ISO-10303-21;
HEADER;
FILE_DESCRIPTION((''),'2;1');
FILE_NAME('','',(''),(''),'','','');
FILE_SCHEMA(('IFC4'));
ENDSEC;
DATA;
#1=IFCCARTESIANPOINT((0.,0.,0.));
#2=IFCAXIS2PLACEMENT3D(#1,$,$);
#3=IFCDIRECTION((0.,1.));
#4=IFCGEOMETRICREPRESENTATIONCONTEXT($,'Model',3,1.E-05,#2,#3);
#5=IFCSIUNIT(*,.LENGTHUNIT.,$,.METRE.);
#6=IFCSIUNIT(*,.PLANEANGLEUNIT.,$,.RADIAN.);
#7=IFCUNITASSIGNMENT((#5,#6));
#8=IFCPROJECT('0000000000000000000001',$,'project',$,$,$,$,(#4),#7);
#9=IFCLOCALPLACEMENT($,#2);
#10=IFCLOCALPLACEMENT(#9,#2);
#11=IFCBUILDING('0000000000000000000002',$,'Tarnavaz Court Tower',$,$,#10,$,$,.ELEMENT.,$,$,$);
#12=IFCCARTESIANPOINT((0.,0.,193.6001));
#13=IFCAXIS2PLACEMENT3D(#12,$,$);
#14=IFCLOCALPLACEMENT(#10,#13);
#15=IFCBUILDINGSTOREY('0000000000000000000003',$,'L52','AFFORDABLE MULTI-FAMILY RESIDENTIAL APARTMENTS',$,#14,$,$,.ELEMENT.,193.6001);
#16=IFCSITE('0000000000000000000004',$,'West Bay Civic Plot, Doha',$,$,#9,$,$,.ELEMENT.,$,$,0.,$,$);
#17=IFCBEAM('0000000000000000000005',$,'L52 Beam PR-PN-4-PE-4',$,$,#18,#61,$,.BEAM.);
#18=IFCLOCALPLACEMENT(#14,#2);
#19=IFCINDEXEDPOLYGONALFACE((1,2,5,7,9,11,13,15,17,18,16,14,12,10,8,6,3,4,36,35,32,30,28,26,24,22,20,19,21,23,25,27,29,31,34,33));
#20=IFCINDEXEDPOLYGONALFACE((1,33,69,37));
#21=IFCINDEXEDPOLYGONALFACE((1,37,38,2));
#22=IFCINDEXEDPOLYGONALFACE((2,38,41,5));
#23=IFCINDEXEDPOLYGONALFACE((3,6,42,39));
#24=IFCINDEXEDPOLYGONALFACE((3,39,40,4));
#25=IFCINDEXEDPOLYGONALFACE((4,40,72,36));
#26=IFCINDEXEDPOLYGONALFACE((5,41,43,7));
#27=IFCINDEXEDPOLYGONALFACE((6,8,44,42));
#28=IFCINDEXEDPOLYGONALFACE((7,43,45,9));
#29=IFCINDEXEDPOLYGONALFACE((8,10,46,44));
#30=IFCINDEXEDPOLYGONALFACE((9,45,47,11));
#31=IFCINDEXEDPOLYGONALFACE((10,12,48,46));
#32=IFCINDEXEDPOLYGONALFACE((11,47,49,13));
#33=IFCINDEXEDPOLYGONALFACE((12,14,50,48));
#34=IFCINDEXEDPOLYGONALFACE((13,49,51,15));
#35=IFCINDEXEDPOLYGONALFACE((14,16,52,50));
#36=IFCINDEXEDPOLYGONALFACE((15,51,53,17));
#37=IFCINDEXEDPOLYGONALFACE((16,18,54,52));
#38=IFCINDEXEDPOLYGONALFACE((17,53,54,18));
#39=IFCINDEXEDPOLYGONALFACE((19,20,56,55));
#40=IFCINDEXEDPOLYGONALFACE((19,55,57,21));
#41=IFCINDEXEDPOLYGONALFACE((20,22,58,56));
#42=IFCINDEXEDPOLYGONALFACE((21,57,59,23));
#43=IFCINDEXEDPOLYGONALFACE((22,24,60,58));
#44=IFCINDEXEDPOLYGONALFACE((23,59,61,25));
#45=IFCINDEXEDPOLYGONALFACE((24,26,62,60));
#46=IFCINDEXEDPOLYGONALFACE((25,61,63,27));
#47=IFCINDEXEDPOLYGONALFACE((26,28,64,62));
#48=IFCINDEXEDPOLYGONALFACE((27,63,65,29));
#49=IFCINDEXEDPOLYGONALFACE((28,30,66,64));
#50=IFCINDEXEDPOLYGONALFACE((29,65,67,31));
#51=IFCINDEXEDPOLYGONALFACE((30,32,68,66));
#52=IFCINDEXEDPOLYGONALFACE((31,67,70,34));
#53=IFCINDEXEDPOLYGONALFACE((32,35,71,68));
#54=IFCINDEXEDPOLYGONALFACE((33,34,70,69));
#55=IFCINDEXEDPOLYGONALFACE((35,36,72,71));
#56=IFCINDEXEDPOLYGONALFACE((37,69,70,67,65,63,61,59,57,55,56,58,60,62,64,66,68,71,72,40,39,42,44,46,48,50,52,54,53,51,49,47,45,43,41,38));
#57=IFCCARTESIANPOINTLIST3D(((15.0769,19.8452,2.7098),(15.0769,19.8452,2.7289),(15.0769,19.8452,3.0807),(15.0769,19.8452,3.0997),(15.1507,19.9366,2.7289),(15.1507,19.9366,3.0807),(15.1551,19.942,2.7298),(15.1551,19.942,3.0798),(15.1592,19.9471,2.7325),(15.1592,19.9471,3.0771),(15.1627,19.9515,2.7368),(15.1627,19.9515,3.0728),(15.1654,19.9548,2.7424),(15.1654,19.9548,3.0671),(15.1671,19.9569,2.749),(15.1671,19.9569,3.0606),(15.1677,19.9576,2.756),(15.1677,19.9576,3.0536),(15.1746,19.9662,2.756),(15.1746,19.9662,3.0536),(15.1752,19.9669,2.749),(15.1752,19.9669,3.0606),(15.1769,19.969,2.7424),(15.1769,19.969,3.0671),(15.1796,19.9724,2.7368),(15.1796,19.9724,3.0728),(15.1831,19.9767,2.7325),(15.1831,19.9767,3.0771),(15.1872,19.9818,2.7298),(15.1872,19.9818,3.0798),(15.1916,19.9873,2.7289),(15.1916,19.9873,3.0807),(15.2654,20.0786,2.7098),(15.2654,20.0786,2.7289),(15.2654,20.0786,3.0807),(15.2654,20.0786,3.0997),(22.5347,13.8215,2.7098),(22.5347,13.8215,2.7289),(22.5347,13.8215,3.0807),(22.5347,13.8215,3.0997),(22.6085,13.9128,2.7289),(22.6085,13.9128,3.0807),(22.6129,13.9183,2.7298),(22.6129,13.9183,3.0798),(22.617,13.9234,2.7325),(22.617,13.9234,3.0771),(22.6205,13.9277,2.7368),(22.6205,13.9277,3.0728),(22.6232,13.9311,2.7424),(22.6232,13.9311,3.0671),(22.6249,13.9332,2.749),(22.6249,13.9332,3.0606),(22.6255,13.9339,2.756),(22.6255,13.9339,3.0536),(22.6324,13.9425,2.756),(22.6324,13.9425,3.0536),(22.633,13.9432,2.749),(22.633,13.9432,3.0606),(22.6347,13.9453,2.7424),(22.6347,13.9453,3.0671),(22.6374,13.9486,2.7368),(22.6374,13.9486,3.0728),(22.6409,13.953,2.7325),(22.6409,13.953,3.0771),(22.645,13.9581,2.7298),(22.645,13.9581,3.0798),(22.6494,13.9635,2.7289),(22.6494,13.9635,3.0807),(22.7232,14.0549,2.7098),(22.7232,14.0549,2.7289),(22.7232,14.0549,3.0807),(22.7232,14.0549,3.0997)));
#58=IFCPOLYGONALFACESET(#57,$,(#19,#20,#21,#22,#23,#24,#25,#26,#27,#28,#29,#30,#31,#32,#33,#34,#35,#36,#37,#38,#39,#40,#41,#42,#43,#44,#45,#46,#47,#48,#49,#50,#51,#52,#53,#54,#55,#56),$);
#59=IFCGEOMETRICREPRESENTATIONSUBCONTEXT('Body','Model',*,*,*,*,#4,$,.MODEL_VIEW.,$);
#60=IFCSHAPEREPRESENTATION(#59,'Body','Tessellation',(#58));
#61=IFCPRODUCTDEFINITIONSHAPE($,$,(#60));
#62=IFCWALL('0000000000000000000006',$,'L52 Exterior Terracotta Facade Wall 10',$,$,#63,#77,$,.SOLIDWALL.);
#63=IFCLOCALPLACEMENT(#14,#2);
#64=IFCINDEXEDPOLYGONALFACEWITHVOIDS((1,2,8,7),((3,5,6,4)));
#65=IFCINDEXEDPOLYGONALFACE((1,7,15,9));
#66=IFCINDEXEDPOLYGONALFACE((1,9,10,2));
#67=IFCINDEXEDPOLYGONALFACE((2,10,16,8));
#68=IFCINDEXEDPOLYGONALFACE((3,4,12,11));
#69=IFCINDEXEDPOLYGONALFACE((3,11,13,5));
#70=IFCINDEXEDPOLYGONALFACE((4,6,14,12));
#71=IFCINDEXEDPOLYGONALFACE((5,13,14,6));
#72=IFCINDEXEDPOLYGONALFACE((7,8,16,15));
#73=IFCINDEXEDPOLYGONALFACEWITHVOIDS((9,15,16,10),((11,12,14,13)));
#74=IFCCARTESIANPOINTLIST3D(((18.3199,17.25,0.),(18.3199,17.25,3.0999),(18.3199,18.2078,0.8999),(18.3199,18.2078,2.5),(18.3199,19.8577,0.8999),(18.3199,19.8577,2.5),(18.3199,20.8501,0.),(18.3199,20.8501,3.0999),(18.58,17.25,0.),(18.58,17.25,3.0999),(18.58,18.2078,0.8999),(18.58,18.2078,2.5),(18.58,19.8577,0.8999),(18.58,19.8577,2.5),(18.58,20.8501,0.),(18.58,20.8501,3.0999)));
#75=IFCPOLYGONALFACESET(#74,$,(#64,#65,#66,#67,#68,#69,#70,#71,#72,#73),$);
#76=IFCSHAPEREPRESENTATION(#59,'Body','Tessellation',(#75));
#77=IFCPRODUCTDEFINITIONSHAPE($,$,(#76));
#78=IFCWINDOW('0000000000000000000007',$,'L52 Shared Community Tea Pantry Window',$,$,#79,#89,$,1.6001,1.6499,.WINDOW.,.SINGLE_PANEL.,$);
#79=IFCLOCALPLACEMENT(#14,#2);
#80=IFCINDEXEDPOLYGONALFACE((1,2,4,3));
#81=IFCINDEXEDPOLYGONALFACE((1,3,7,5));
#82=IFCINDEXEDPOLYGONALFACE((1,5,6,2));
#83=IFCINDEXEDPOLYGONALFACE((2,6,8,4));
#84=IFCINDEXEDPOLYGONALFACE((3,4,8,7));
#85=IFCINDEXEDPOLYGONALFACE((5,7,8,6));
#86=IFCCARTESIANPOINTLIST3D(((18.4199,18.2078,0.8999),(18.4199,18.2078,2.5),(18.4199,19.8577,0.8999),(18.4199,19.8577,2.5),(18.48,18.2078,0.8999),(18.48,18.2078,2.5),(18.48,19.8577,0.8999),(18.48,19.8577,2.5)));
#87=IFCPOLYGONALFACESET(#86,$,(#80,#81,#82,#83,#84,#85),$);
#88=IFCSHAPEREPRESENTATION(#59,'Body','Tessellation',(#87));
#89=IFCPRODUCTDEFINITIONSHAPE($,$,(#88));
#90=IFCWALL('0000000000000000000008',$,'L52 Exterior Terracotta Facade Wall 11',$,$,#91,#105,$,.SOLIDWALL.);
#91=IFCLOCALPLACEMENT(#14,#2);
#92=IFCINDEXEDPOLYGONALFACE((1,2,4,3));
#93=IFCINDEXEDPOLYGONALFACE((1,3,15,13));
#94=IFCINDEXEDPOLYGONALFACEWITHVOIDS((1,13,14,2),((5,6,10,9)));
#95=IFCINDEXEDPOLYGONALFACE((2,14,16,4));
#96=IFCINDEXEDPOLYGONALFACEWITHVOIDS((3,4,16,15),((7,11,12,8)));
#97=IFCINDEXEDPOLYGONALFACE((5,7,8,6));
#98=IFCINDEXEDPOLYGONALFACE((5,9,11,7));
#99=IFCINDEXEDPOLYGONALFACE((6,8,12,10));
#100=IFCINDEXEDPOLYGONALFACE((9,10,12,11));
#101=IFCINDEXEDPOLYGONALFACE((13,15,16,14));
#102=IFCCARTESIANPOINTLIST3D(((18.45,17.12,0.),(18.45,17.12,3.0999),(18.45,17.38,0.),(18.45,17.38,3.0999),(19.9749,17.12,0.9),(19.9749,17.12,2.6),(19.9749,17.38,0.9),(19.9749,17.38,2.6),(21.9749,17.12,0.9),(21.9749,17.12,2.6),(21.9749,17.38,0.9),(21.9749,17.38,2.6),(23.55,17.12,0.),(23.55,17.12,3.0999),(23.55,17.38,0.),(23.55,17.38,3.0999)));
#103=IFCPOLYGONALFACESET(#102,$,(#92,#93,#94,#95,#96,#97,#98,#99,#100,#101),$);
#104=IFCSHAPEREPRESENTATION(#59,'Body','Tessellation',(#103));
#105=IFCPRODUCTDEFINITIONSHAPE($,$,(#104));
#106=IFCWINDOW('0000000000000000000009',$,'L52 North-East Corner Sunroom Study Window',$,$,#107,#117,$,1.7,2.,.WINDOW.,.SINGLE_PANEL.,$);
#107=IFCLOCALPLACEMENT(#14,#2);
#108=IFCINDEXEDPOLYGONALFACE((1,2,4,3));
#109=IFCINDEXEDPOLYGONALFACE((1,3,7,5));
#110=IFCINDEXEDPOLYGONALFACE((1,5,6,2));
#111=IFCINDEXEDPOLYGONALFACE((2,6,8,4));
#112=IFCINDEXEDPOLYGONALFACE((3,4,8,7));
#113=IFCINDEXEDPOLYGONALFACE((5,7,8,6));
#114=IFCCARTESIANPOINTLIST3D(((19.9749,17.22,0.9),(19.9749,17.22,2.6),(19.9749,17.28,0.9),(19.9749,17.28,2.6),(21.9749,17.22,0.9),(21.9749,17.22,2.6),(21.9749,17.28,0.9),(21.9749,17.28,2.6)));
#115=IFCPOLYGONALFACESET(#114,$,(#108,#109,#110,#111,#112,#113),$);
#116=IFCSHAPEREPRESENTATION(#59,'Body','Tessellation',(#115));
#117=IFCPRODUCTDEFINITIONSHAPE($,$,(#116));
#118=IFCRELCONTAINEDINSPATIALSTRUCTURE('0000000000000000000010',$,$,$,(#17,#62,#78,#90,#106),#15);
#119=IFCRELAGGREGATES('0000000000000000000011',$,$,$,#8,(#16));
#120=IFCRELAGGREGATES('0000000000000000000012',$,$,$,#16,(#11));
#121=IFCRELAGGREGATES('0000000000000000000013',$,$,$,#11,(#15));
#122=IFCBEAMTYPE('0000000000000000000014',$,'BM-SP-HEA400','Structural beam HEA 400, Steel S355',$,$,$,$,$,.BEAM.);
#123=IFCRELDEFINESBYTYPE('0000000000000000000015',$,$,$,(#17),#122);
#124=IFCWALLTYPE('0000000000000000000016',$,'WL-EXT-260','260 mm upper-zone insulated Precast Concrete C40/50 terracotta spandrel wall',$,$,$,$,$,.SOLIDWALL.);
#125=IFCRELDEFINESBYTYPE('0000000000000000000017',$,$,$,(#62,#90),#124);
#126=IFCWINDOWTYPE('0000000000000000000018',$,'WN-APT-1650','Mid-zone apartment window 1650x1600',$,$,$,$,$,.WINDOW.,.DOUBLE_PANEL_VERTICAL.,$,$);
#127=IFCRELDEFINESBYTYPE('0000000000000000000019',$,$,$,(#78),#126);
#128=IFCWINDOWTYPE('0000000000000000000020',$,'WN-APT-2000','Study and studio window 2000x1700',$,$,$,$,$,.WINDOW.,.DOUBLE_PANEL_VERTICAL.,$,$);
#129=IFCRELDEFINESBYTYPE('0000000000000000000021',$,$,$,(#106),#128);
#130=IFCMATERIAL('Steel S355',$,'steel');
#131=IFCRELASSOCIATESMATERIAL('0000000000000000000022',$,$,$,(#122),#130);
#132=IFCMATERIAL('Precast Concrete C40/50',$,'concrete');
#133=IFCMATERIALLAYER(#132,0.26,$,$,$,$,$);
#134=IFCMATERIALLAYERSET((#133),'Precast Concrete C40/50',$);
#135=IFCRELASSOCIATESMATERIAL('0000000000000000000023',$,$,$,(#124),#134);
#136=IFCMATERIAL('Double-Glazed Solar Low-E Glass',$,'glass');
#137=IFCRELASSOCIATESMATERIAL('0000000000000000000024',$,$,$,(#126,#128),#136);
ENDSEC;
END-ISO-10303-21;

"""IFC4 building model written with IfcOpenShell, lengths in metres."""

from ifc_helpers import new_model, si_unit, direction, frame, frame_2d, origin, origin_2d, place, context, subcontext, project, spatial, rectangle, i_section, extrude, material, layer, layer_set, material_profile, profile_set, type_object, element, fill, save


model = new_model("IFC4")

# Units and contexts
model_context = context("Model", 3, precision=1e-05, world=origin(), true_north=direction((0.0, 1.0)))
body_context = subcontext(model_context, "Body", "Model", "MODEL_VIEW")
ifc_project = project(units=[si_unit("LENGTHUNIT", "METRE"), si_unit("PLANEANGLEUNIT", "RADIAN")], contexts=[model_context])

# Site, building, storey
site_placement = place(None, origin())
site = spatial("IfcSite", under=ifc_project, at=site_placement, Name="West Bay Civic Plot, Doha", CompositionType="ELEMENT", RefElevation=0.0)
building_placement = place(site_placement, origin())
building = spatial("IfcBuilding", under=site, at=building_placement, Name="Tarnavaz Court Tower", CompositionType="ELEMENT")
storey_placement = place(building_placement, frame((0.0, 0.0, 193.6001)))
storey = spatial("IfcBuildingStorey", under=building, at=storey_placement, Name="L52", Description="AFFORDABLE MULTI-FAMILY RESIDENTIAL APARTMENTS", CompositionType="ELEMENT", Elevation=193.6001)

# Beam
ifc_material_1 = material(Name="Steel S355", Category="steel")
ifc_material_profile_1 = material_profile(ifc_material_1, i_section(OverallWidth=0.3, OverallDepth=0.3899, WebThickness=0.011, FlangeThickness=0.019, FilletRadius=0.0271, at=origin_2d()), Name="HEA 400")
ifc_profile_set_1 = profile_set([ifc_material_profile_1], Name="Steel S355")
beam_type_1 = type_object("IfcBeamType", Name="BM-SP-HEA400", Description="Structural beam HEA 400, Steel S355", PredefinedType="BEAM", material=ifc_profile_set_1)
beam_1_placement = place(storey_placement, frame((15.1711, 19.9619, 2.9048), z_axis=(0.777936, -0.628344, 0.0), x_axis=(0.628344, 0.777936, 0.0)))
element("IfcBeam", 1, at=beam_1_placement, inside=storey, type_object=beam_type_1, Name="L52 Beam PR-PN-4-PE-4", PredefinedType="BEAM", context=body_context, shape_type="SweptSolid", body=[
    extrude(i_section(OverallWidth=0.3, OverallDepth=0.3899, WebThickness=0.011, FlangeThickness=0.019, FilletRadius=0.0271, at=origin_2d()), origin(), (0.0, 0.0, 1.0), 9.5867),
])

# Walls, openings, windows
ifc_material_2 = material(Name="Precast Concrete C40/50", Category="concrete")
ifc_layer_1 = layer(ifc_material_2, 0.26)
ifc_layer_set_1 = layer_set([ifc_layer_1], Name="Precast Concrete C40/50")
wall_type_1 = type_object("IfcWallType", Name="WL-EXT-260", Description="260 mm upper-zone insulated Precast Concrete C40/50 terracotta spandrel wall", PredefinedType="SOLIDWALL", material=ifc_layer_set_1)
wall_1_placement = place(storey_placement, frame((18.45, 20.8501, 0.0), z_axis=(0.0, 0.0, 1.0), x_axis=(0.0, -1.0, 0.0)))
wall_1 = element("IfcWall", 2, at=wall_1_placement, inside=storey, type_object=wall_type_1, Name="L52 Exterior Terracotta Facade Wall 10", PredefinedType="SOLIDWALL", context=body_context, shape_type="SweptSolid", body=[
    extrude(rectangle(XDim=3.6001, YDim=0.26, at=frame_2d((1.8, 0.0))), origin(), (0.0, 0.0, 1.0), 3.0999),
])
opening_1_placement = place(wall_1_placement, frame((0.9924, 0.0, 0.8999)))
opening_1 = element("IfcOpeningElement", 3, at=opening_1_placement, cuts=wall_1, PredefinedType="OPENING", context=body_context, shape_type="SweptSolid", body=[
    extrude(rectangle(XDim=1.6499, YDim=1.6001, at=frame_2d((0.825, 0.8))), frame((0.0, 0.1399, 0.0), z_axis=(0.0, -1.0, 0.0), x_axis=(1.0, 0.0, 0.0)), (0.0, 0.0, 1.0), 0.28),
])
ifc_material_3 = material(Name="Double-Glazed Solar Low-E Glass", Category="glass")
window_type_1 = type_object("IfcWindowType", Name="WN-APT-1650", Description="Mid-zone apartment window 1650x1600", PartitioningType="DOUBLE_PANEL_VERTICAL", PredefinedType="WINDOW", material=ifc_material_3)
window_1_placement = place(opening_1_placement, origin())
window_1 = element("IfcWindow", 4, at=window_1_placement, inside=storey, type_object=window_type_1, Name="L52 Shared Community Tea Pantry Window", OverallHeight=1.6001, OverallWidth=1.6499, PartitioningType="SINGLE_PANEL", PredefinedType="WINDOW", context=body_context, shape_type="SweptSolid", body=[
    extrude(rectangle(XDim=1.6499, YDim=1.6001, at=frame_2d((0.825, 0.8))), frame((0.0, 0.03, 0.0), z_axis=(0.0, -1.0, 0.0), x_axis=(1.0, 0.0, 0.0)), (0.0, 0.0, 1.0), 0.0601),
])
fill(opening_1, window_1)
wall_2_placement = place(storey_placement, frame((18.45, 17.25, 0.0), z_axis=(0.0, 0.0, 1.0), x_axis=(1.0, 0.0, 0.0)))
wall_2 = element("IfcWall", 5, at=wall_2_placement, inside=storey, type_object=wall_type_1, Name="L52 Exterior Terracotta Facade Wall 11", PredefinedType="SOLIDWALL", context=body_context, shape_type="SweptSolid", body=[
    extrude(rectangle(XDim=5.1001, YDim=0.26, at=frame_2d((2.55, 0.0))), origin(), (0.0, 0.0, 1.0), 3.0999),
])
opening_2_placement = place(wall_2_placement, frame((1.5249, 0.0, 0.8999)))
opening_2 = element("IfcOpeningElement", 6, at=opening_2_placement, cuts=wall_2, PredefinedType="OPENING", context=body_context, shape_type="SweptSolid", body=[
    extrude(rectangle(XDim=2.0, YDim=1.7, at=frame_2d((1.0, 0.8501))), frame((0.0, 0.1399, 0.0), z_axis=(0.0, -1.0, 0.0), x_axis=(1.0, 0.0, 0.0)), (0.0, 0.0, 1.0), 0.28),
])
window_type_2 = type_object("IfcWindowType", Name="WN-APT-2000", Description="Study and studio window 2000x1700", PartitioningType="DOUBLE_PANEL_VERTICAL", PredefinedType="WINDOW", material=ifc_material_3)
window_2_placement = place(opening_2_placement, origin())
window_2 = element("IfcWindow", 7, at=window_2_placement, inside=storey, type_object=window_type_2, Name="L52 North-East Corner Sunroom Study Window", OverallHeight=1.7, OverallWidth=2.0, PartitioningType="SINGLE_PANEL", PredefinedType="WINDOW", context=body_context, shape_type="SweptSolid", body=[
    extrude(rectangle(XDim=2.0, YDim=1.7, at=frame_2d((1.0, 0.8501))), frame((0.0, 0.03, 0.0), z_axis=(0.0, -1.0, 0.0), x_axis=(1.0, 0.0, 0.0)), (0.0, 0.0, 1.0), 0.0601),
])
fill(opening_2, window_2)

save(model, "model.ifc")
